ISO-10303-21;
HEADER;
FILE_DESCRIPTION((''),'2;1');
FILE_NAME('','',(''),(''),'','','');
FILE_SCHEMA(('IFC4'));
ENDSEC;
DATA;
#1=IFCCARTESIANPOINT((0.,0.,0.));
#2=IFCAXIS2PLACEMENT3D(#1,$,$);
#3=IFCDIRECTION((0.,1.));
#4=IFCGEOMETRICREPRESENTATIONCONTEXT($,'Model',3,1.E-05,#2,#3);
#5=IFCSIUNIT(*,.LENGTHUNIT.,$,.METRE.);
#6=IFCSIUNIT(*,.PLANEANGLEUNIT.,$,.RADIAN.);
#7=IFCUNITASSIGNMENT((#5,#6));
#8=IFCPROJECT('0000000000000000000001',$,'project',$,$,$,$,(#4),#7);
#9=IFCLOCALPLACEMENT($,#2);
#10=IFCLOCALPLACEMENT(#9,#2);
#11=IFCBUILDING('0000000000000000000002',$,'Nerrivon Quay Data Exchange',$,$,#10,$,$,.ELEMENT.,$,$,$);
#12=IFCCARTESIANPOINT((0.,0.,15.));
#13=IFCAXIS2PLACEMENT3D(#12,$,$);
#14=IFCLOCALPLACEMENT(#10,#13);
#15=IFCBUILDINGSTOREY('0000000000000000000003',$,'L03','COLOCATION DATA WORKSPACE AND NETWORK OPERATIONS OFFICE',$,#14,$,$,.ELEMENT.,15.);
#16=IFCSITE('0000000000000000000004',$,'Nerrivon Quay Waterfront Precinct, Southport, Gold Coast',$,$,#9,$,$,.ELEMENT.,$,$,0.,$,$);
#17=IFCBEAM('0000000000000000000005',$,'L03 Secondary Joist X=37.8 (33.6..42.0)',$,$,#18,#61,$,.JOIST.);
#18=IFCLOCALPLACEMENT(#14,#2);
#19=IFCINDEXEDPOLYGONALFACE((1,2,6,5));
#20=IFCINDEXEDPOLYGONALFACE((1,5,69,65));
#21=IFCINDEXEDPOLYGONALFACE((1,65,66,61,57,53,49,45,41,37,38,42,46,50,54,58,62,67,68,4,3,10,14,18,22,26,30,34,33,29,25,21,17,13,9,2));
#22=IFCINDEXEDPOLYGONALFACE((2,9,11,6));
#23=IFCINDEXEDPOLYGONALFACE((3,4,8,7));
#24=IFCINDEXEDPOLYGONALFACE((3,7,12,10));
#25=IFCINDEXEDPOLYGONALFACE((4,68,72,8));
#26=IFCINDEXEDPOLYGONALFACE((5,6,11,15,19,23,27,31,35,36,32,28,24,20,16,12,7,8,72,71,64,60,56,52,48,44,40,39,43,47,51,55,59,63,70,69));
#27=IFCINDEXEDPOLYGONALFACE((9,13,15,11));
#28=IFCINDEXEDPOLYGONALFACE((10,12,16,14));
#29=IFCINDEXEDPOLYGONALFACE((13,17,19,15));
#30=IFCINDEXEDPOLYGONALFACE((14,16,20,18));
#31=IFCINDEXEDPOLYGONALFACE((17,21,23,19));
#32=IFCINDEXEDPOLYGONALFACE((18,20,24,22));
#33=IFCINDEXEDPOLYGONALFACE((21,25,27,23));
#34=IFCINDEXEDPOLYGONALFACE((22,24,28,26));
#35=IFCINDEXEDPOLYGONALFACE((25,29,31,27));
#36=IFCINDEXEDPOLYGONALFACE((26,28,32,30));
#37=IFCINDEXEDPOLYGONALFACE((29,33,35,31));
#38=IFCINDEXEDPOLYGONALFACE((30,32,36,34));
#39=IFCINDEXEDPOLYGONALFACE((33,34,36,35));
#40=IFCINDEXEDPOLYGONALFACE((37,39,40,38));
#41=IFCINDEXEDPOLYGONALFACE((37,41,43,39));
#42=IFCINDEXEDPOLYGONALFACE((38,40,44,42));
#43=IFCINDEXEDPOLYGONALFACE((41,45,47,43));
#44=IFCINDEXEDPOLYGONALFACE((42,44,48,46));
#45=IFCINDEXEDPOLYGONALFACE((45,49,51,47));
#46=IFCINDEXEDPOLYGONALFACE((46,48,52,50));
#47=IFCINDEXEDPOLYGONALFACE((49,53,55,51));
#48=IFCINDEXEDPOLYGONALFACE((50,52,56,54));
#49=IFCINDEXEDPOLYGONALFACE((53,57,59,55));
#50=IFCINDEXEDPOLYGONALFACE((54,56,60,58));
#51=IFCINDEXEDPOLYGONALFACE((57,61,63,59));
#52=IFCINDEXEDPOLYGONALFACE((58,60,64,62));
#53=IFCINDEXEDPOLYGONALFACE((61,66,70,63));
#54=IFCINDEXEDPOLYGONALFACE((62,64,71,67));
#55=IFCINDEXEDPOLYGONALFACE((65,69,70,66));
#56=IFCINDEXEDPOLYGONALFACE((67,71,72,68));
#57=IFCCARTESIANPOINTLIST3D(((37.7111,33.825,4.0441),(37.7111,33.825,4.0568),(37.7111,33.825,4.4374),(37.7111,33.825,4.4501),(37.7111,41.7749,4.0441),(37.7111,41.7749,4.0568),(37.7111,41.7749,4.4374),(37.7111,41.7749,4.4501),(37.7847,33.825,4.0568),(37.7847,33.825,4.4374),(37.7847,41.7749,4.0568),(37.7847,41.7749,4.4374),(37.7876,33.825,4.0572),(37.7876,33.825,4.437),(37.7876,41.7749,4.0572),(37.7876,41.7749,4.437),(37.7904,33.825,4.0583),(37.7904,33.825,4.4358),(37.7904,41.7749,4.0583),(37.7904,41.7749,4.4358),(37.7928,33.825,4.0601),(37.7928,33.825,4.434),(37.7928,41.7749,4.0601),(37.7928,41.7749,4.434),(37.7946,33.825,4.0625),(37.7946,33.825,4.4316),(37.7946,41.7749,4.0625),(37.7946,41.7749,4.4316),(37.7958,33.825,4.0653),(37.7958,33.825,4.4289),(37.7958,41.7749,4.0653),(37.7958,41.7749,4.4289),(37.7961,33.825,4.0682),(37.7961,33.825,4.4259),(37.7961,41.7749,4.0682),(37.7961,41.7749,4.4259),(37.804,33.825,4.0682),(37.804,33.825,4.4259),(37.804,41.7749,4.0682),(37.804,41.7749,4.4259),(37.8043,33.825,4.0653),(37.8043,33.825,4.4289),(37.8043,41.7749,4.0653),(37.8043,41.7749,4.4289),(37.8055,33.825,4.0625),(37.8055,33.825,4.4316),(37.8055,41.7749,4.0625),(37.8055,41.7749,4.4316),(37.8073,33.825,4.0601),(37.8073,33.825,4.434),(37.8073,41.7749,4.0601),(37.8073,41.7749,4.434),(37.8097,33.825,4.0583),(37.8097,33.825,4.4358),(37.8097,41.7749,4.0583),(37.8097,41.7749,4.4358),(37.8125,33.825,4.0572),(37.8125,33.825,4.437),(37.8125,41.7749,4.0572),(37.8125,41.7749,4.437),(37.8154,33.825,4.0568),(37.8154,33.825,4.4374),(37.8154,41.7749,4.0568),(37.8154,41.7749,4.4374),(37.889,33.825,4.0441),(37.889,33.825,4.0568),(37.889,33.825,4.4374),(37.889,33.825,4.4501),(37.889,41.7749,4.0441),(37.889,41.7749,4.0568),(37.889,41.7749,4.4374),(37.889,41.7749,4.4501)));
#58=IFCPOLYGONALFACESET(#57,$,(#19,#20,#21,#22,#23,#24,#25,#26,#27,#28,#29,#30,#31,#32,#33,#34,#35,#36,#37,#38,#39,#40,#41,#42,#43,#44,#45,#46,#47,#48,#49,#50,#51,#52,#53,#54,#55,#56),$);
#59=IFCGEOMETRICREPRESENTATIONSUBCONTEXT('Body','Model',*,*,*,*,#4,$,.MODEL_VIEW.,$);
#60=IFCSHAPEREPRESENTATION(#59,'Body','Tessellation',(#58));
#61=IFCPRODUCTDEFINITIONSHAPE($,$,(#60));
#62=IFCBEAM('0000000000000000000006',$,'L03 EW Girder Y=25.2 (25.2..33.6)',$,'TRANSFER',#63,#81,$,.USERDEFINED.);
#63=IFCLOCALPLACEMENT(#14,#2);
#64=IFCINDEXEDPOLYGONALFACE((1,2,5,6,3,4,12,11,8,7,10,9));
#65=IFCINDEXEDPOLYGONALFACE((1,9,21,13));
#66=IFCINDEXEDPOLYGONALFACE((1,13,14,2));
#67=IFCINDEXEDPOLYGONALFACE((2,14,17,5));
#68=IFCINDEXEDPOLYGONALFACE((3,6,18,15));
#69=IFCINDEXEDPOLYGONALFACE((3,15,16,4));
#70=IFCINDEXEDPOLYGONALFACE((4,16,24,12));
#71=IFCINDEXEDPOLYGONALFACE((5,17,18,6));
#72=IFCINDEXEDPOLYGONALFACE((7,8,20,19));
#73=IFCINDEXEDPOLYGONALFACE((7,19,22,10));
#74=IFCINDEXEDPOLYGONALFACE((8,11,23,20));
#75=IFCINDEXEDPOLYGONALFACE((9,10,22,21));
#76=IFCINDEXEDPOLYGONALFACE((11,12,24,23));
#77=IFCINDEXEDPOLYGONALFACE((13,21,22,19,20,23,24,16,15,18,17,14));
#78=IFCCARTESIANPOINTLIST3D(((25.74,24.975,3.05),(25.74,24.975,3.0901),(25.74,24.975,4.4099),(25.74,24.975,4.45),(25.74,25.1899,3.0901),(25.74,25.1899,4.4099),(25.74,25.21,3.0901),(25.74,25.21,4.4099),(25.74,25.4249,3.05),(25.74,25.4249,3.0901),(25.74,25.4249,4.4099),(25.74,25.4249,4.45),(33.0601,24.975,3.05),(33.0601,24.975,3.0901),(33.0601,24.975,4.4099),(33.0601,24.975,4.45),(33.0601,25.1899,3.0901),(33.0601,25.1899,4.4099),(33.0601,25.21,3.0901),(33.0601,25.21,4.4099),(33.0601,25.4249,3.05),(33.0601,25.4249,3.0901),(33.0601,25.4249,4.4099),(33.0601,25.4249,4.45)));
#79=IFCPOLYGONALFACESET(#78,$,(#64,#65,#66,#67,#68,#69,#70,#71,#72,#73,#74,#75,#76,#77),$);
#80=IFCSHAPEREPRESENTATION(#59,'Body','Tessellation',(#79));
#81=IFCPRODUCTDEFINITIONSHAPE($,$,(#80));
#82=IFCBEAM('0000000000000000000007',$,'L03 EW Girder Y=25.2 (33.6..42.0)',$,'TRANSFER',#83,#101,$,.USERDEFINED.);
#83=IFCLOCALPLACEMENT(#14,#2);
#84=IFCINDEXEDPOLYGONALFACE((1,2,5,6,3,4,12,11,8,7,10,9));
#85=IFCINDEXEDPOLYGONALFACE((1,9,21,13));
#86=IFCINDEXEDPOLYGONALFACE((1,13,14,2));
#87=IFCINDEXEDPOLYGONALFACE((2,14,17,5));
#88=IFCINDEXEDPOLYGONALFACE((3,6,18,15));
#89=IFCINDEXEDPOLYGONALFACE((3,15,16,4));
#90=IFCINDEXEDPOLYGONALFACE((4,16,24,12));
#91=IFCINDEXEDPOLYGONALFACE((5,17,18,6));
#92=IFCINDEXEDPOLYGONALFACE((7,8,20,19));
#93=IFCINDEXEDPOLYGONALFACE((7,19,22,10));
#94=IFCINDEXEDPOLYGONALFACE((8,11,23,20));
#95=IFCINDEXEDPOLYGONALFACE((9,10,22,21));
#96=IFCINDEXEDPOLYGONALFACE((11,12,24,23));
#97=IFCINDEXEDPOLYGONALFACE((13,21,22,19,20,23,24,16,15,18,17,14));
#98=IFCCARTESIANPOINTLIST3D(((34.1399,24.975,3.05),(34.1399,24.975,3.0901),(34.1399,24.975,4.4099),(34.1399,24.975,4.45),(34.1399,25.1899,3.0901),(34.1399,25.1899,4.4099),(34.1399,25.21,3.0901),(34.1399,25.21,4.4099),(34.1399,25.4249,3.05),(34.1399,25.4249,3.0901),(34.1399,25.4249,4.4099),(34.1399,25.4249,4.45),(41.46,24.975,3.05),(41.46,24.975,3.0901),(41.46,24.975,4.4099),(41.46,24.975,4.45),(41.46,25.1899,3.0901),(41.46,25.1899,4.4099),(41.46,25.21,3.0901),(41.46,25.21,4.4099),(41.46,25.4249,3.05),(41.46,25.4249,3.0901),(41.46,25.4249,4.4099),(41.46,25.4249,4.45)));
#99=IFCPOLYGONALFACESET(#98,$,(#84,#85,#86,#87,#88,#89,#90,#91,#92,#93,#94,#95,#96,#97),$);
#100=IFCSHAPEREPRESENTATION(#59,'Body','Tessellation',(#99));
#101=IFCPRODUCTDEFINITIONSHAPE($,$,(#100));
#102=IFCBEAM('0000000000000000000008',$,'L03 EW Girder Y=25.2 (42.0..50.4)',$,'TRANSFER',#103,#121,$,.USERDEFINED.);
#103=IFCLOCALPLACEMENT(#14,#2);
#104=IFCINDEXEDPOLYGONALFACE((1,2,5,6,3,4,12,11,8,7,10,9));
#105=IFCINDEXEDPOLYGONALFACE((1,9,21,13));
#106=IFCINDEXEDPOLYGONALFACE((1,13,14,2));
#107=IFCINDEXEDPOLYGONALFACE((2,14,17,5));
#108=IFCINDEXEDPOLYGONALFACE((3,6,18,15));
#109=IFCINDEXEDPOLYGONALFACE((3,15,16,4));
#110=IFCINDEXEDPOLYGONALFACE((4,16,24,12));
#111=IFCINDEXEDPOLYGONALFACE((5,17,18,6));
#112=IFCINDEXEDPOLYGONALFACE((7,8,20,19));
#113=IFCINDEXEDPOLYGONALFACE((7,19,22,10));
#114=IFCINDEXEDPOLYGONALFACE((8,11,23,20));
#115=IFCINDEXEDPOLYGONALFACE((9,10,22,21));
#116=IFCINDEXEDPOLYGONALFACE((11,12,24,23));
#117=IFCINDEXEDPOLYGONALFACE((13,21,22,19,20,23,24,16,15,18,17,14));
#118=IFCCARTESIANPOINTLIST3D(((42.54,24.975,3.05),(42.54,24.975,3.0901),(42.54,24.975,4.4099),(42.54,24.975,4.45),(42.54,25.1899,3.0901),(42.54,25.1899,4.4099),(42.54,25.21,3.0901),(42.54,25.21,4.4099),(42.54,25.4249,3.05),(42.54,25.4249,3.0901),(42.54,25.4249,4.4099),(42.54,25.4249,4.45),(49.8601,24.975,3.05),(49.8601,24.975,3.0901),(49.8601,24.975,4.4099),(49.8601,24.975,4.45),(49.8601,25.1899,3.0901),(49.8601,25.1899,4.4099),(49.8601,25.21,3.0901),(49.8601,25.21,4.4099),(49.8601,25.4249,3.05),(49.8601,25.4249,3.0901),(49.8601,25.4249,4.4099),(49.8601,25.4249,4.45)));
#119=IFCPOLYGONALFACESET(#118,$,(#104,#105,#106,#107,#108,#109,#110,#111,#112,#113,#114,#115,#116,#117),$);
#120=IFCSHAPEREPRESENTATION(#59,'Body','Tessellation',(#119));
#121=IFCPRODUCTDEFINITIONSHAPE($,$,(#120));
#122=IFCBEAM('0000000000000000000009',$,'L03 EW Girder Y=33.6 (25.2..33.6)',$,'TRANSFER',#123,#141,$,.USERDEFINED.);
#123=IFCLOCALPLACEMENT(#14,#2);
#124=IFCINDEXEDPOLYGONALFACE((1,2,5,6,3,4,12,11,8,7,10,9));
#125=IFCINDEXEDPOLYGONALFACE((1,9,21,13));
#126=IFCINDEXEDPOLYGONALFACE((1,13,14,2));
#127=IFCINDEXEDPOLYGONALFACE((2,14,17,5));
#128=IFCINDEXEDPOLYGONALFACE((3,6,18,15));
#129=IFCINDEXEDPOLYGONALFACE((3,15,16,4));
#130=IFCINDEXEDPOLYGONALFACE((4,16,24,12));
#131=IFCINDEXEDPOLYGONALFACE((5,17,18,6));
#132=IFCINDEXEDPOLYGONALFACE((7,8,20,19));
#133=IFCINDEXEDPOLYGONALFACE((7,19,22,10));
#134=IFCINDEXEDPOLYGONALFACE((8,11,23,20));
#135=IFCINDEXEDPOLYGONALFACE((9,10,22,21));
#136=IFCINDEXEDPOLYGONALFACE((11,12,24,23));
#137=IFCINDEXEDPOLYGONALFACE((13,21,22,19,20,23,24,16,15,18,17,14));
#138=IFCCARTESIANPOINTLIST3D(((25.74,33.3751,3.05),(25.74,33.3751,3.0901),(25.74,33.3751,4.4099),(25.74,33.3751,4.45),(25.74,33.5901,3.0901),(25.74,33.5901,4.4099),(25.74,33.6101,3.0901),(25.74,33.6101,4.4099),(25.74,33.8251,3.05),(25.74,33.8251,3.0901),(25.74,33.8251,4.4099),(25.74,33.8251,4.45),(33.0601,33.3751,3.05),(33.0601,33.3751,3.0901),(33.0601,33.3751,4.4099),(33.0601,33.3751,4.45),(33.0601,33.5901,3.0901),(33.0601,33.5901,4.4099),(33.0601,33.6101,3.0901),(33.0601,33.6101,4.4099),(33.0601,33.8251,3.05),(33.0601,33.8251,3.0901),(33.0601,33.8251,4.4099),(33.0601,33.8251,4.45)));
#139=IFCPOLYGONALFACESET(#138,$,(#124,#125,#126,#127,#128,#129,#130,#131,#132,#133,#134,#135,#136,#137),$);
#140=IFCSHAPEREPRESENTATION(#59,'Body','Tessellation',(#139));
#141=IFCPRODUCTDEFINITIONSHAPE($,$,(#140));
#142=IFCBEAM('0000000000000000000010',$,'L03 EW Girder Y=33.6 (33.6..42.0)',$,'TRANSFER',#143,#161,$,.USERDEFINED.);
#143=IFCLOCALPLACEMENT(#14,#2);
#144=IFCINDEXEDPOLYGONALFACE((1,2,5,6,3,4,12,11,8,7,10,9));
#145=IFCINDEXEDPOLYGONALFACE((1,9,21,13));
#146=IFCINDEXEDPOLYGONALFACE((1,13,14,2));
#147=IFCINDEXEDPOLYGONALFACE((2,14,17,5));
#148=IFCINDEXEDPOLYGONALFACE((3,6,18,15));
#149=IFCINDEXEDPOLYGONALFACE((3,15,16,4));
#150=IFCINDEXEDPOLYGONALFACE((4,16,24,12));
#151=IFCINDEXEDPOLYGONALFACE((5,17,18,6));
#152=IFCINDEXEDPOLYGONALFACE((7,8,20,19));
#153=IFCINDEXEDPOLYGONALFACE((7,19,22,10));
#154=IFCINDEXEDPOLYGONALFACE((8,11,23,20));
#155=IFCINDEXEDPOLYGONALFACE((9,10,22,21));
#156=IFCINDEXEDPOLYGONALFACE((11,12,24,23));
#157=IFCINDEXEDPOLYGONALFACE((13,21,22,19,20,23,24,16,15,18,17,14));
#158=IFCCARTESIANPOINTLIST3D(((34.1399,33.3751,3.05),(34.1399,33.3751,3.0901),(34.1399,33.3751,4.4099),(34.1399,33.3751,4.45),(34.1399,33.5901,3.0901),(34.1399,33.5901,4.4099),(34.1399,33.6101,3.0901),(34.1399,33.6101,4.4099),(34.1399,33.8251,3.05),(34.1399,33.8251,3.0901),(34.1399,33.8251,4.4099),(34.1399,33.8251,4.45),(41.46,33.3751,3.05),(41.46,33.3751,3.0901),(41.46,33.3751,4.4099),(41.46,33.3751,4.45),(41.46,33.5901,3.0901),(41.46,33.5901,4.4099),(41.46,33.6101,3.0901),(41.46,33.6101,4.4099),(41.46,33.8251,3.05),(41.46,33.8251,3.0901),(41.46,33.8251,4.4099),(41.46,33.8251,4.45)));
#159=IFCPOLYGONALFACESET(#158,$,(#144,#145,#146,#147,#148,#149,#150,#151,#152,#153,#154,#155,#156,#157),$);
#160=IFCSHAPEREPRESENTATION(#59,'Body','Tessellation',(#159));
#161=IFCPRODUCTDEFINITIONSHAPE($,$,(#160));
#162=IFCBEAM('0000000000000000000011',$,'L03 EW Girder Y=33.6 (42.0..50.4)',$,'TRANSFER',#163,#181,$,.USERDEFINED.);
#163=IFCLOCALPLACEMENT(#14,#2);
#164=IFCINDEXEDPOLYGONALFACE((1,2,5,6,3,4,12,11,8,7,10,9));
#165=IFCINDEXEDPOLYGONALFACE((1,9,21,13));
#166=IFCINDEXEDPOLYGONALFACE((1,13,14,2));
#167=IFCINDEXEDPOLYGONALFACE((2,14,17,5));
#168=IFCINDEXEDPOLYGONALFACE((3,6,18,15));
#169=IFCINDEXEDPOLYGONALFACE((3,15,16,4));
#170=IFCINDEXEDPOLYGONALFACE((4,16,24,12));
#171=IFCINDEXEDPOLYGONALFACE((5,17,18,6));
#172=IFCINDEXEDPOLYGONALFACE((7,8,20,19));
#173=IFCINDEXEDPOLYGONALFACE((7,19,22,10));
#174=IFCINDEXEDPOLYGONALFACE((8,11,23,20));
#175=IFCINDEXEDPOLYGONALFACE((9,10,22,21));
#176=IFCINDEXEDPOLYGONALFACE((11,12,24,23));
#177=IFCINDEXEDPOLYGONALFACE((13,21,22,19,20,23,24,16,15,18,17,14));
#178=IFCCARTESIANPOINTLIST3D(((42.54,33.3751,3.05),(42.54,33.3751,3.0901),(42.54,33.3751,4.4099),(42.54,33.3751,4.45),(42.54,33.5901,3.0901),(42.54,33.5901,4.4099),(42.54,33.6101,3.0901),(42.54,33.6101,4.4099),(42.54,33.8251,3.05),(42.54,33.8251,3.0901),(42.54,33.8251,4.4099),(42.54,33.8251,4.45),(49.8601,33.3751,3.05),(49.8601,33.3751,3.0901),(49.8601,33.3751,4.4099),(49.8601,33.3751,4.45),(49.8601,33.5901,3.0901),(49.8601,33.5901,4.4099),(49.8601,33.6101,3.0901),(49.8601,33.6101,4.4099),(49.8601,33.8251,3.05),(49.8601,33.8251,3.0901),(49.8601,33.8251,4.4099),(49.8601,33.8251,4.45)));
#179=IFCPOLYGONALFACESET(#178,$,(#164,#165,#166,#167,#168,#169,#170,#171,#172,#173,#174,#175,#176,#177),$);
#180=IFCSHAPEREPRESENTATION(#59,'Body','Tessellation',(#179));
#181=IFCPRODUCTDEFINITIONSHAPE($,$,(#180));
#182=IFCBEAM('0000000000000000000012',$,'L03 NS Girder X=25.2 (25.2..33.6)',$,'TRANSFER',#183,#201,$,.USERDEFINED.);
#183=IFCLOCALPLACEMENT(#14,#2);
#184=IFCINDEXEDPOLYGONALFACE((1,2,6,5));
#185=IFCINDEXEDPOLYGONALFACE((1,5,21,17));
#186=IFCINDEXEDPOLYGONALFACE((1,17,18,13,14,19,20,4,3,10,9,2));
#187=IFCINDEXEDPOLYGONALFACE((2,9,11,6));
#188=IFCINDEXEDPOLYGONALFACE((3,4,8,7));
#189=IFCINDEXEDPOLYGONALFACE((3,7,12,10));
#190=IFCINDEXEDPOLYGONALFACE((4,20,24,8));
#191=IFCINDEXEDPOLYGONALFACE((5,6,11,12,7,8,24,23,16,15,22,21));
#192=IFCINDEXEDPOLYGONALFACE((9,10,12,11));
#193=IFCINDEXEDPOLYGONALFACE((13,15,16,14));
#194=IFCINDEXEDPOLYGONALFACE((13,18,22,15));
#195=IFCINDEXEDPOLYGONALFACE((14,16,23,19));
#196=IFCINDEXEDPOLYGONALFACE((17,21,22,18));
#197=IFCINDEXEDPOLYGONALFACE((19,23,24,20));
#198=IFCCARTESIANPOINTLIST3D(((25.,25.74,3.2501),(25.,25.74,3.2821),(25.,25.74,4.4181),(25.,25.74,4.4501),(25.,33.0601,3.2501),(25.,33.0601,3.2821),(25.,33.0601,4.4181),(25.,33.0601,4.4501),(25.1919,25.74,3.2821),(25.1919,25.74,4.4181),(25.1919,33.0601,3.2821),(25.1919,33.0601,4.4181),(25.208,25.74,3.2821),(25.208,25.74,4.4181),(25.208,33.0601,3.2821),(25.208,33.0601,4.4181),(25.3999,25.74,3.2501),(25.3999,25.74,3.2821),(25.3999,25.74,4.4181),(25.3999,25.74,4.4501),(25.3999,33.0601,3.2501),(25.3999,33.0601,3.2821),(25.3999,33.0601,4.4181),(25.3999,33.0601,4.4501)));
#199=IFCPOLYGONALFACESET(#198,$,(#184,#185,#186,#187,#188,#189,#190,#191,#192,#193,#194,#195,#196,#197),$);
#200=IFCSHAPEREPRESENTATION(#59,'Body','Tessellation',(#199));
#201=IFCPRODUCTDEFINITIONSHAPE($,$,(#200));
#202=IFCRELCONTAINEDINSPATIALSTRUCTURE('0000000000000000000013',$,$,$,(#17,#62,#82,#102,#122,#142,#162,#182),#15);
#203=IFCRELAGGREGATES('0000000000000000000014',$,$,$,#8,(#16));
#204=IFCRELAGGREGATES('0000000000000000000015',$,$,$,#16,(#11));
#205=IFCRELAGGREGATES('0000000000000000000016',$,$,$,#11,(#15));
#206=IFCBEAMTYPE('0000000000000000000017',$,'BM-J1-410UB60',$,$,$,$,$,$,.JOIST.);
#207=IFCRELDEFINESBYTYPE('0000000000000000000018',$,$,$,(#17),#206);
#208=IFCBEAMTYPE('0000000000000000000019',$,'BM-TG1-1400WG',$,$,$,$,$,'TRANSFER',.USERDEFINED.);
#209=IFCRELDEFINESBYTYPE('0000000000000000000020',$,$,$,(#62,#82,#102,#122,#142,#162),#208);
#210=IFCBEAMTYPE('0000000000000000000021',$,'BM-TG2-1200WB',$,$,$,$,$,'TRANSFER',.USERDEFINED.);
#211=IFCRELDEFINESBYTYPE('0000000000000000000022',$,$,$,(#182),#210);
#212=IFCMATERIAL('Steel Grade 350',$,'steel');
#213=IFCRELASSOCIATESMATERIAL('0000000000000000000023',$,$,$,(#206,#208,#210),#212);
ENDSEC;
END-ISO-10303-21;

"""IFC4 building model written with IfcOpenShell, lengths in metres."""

from ifc_helpers import new_model, si_unit, direction, frame, origin, origin_2d, place, context, subcontext, project, spatial, i_section, extrude, material, material_profile, profile_set, type_object, element, save


model = new_model("IFC4")

# Units and contexts
model_context = context("Model", 3, precision=1e-05, world=origin(), true_north=direction((0.0, 1.0)))
body_context = subcontext(model_context, "Body", "Model", "MODEL_VIEW")
ifc_project = project(units=[si_unit("LENGTHUNIT", "METRE"), si_unit("PLANEANGLEUNIT", "RADIAN")], contexts=[model_context])

# Site, building, storey
site_placement = place(None, origin())
site = spatial("IfcSite", under=ifc_project, at=site_placement, Name="Nerrivon Quay Waterfront Precinct, Southport, Gold Coast", CompositionType="ELEMENT", RefElevation=0.0)
building_placement = place(site_placement, origin())
building = spatial("IfcBuilding", under=site, at=building_placement, Name="Nerrivon Quay Data Exchange", CompositionType="ELEMENT")
storey_placement = place(building_placement, frame((0.0, 0.0, 15.0)))
storey = spatial("IfcBuildingStorey", under=building, at=storey_placement, Name="L03", Description="COLOCATION DATA WORKSPACE AND NETWORK OPERATIONS OFFICE", CompositionType="ELEMENT", Elevation=15.0)

# Beams
ifc_material_1 = material(Name="Steel Grade 350", Category="steel")
ifc_material_profile_1 = material_profile(ifc_material_1, i_section(OverallWidth=0.178, OverallDepth=0.406, WebThickness=0.0078, FlangeThickness=0.0127, FilletRadius=0.0115, at=origin_2d()), Name="410UB59.7")
ifc_profile_set_1 = profile_set([ifc_material_profile_1], Name="Steel Grade 350")
beam_type_1 = type_object("IfcBeamType", Name="BM-J1-410UB60", PredefinedType="JOIST", material=ifc_profile_set_1)
for number, where, z_axis, x_axis, name in (
    (1, (37.8, 33.825, 4.2471), (0.0, 1.0, 0.0), (-1.0, 0.0, 0.0), "L03 Secondary Joist X=37.8 (33.6..42.0)"),
):
    element("IfcBeam", number, at=place(storey_placement, frame(where, z_axis=z_axis, x_axis=x_axis)), inside=storey, type_object=beam_type_1, Name=name, PredefinedType="JOIST", context=body_context, shape_type="SweptSolid", body=[
        extrude(i_section(OverallWidth=0.178, OverallDepth=0.406, WebThickness=0.0078, FlangeThickness=0.0127, FilletRadius=0.0115, at=origin_2d()), origin(), (0.0, 0.0, 1.0), 7.95),
    ])
ifc_material_profile_2 = material_profile(ifc_material_1, i_section(OverallWidth=0.45, OverallDepth=1.3999, WebThickness=0.02, FlangeThickness=0.04, at=origin_2d()), Name="1400WG455")
ifc_profile_set_2 = profile_set([ifc_material_profile_2], Name="Steel Grade 350")
beam_type_2 = type_object("IfcBeamType", Name="BM-TG1-1400WG", ElementType="TRANSFER", PredefinedType="USERDEFINED", material=ifc_profile_set_2)
for number, where, z_axis, x_axis, name in (
    (2, (25.74, 25.2, 3.75), (1.0, 0.0, 0.0), (0.0, 1.0, 0.0), "L03 EW Girder Y=25.2 (25.2..33.6)"),
    (3, (34.1399, 25.2, 3.75), (1.0, 0.0, 0.0), (0.0, 1.0, 0.0), "L03 EW Girder Y=25.2 (33.6..42.0)"),
    (4, (42.54, 25.2, 3.75), (1.0, 0.0, 0.0), (0.0, 1.0, 0.0), "L03 EW Girder Y=25.2 (42.0..50.4)"),
    (5, (25.74, 33.6001, 3.75), (1.0, 0.0, 0.0), (0.0, 1.0, 0.0), "L03 EW Girder Y=33.6 (25.2..33.6)"),
    (6, (34.1399, 33.6001, 3.75), (1.0, 0.0, 0.0), (0.0, 1.0, 0.0), "L03 EW Girder Y=33.6 (33.6..42.0)"),
    (7, (42.54, 33.6001, 3.75), (1.0, 0.0, 0.0), (0.0, 1.0, 0.0), "L03 EW Girder Y=33.6 (42.0..50.4)"),
):
    element("IfcBeam", number, at=place(storey_placement, frame(where, z_axis=z_axis, x_axis=x_axis)), inside=storey, type_object=beam_type_2, Name=name, ObjectType="TRANSFER", PredefinedType="USERDEFINED", context=body_context, shape_type="SweptSolid", body=[
        extrude(i_section(OverallWidth=0.45, OverallDepth=1.3999, WebThickness=0.02, FlangeThickness=0.04, at=origin_2d()), origin(), (0.0, 0.0, 1.0), 7.3201),
    ])
ifc_material_profile_3 = material_profile(ifc_material_1, i_section(OverallWidth=0.3999, OverallDepth=1.2, WebThickness=0.0161, FlangeThickness=0.032, at=origin_2d()), Name="1200WB342")
ifc_profile_set_3 = profile_set([ifc_material_profile_3], Name="Steel Grade 350")
beam_type_3 = type_object("IfcBeamType", Name="BM-TG2-1200WB", ElementType="TRANSFER", PredefinedType="USERDEFINED", material=ifc_profile_set_3)
for number, where, z_axis, x_axis, name in (
    (8, (25.2, 25.74, 3.8501), (0.0, 1.0, 0.0), (-1.0, 0.0, 0.0), "L03 NS Girder X=25.2 (25.2..33.6)"),
):
    element("IfcBeam", number, at=place(storey_placement, frame(where, z_axis=z_axis, x_axis=x_axis)), inside=storey, type_object=beam_type_3, Name=name, ObjectType="TRANSFER", PredefinedType="USERDEFINED", context=body_context, shape_type="SweptSolid", body=[
        extrude(i_section(OverallWidth=0.3999, OverallDepth=1.2, WebThickness=0.0161, FlangeThickness=0.032, at=origin_2d()), origin(), (0.0, 0.0, 1.0), 7.3201),
    ])

save(model, "model.ifc")
